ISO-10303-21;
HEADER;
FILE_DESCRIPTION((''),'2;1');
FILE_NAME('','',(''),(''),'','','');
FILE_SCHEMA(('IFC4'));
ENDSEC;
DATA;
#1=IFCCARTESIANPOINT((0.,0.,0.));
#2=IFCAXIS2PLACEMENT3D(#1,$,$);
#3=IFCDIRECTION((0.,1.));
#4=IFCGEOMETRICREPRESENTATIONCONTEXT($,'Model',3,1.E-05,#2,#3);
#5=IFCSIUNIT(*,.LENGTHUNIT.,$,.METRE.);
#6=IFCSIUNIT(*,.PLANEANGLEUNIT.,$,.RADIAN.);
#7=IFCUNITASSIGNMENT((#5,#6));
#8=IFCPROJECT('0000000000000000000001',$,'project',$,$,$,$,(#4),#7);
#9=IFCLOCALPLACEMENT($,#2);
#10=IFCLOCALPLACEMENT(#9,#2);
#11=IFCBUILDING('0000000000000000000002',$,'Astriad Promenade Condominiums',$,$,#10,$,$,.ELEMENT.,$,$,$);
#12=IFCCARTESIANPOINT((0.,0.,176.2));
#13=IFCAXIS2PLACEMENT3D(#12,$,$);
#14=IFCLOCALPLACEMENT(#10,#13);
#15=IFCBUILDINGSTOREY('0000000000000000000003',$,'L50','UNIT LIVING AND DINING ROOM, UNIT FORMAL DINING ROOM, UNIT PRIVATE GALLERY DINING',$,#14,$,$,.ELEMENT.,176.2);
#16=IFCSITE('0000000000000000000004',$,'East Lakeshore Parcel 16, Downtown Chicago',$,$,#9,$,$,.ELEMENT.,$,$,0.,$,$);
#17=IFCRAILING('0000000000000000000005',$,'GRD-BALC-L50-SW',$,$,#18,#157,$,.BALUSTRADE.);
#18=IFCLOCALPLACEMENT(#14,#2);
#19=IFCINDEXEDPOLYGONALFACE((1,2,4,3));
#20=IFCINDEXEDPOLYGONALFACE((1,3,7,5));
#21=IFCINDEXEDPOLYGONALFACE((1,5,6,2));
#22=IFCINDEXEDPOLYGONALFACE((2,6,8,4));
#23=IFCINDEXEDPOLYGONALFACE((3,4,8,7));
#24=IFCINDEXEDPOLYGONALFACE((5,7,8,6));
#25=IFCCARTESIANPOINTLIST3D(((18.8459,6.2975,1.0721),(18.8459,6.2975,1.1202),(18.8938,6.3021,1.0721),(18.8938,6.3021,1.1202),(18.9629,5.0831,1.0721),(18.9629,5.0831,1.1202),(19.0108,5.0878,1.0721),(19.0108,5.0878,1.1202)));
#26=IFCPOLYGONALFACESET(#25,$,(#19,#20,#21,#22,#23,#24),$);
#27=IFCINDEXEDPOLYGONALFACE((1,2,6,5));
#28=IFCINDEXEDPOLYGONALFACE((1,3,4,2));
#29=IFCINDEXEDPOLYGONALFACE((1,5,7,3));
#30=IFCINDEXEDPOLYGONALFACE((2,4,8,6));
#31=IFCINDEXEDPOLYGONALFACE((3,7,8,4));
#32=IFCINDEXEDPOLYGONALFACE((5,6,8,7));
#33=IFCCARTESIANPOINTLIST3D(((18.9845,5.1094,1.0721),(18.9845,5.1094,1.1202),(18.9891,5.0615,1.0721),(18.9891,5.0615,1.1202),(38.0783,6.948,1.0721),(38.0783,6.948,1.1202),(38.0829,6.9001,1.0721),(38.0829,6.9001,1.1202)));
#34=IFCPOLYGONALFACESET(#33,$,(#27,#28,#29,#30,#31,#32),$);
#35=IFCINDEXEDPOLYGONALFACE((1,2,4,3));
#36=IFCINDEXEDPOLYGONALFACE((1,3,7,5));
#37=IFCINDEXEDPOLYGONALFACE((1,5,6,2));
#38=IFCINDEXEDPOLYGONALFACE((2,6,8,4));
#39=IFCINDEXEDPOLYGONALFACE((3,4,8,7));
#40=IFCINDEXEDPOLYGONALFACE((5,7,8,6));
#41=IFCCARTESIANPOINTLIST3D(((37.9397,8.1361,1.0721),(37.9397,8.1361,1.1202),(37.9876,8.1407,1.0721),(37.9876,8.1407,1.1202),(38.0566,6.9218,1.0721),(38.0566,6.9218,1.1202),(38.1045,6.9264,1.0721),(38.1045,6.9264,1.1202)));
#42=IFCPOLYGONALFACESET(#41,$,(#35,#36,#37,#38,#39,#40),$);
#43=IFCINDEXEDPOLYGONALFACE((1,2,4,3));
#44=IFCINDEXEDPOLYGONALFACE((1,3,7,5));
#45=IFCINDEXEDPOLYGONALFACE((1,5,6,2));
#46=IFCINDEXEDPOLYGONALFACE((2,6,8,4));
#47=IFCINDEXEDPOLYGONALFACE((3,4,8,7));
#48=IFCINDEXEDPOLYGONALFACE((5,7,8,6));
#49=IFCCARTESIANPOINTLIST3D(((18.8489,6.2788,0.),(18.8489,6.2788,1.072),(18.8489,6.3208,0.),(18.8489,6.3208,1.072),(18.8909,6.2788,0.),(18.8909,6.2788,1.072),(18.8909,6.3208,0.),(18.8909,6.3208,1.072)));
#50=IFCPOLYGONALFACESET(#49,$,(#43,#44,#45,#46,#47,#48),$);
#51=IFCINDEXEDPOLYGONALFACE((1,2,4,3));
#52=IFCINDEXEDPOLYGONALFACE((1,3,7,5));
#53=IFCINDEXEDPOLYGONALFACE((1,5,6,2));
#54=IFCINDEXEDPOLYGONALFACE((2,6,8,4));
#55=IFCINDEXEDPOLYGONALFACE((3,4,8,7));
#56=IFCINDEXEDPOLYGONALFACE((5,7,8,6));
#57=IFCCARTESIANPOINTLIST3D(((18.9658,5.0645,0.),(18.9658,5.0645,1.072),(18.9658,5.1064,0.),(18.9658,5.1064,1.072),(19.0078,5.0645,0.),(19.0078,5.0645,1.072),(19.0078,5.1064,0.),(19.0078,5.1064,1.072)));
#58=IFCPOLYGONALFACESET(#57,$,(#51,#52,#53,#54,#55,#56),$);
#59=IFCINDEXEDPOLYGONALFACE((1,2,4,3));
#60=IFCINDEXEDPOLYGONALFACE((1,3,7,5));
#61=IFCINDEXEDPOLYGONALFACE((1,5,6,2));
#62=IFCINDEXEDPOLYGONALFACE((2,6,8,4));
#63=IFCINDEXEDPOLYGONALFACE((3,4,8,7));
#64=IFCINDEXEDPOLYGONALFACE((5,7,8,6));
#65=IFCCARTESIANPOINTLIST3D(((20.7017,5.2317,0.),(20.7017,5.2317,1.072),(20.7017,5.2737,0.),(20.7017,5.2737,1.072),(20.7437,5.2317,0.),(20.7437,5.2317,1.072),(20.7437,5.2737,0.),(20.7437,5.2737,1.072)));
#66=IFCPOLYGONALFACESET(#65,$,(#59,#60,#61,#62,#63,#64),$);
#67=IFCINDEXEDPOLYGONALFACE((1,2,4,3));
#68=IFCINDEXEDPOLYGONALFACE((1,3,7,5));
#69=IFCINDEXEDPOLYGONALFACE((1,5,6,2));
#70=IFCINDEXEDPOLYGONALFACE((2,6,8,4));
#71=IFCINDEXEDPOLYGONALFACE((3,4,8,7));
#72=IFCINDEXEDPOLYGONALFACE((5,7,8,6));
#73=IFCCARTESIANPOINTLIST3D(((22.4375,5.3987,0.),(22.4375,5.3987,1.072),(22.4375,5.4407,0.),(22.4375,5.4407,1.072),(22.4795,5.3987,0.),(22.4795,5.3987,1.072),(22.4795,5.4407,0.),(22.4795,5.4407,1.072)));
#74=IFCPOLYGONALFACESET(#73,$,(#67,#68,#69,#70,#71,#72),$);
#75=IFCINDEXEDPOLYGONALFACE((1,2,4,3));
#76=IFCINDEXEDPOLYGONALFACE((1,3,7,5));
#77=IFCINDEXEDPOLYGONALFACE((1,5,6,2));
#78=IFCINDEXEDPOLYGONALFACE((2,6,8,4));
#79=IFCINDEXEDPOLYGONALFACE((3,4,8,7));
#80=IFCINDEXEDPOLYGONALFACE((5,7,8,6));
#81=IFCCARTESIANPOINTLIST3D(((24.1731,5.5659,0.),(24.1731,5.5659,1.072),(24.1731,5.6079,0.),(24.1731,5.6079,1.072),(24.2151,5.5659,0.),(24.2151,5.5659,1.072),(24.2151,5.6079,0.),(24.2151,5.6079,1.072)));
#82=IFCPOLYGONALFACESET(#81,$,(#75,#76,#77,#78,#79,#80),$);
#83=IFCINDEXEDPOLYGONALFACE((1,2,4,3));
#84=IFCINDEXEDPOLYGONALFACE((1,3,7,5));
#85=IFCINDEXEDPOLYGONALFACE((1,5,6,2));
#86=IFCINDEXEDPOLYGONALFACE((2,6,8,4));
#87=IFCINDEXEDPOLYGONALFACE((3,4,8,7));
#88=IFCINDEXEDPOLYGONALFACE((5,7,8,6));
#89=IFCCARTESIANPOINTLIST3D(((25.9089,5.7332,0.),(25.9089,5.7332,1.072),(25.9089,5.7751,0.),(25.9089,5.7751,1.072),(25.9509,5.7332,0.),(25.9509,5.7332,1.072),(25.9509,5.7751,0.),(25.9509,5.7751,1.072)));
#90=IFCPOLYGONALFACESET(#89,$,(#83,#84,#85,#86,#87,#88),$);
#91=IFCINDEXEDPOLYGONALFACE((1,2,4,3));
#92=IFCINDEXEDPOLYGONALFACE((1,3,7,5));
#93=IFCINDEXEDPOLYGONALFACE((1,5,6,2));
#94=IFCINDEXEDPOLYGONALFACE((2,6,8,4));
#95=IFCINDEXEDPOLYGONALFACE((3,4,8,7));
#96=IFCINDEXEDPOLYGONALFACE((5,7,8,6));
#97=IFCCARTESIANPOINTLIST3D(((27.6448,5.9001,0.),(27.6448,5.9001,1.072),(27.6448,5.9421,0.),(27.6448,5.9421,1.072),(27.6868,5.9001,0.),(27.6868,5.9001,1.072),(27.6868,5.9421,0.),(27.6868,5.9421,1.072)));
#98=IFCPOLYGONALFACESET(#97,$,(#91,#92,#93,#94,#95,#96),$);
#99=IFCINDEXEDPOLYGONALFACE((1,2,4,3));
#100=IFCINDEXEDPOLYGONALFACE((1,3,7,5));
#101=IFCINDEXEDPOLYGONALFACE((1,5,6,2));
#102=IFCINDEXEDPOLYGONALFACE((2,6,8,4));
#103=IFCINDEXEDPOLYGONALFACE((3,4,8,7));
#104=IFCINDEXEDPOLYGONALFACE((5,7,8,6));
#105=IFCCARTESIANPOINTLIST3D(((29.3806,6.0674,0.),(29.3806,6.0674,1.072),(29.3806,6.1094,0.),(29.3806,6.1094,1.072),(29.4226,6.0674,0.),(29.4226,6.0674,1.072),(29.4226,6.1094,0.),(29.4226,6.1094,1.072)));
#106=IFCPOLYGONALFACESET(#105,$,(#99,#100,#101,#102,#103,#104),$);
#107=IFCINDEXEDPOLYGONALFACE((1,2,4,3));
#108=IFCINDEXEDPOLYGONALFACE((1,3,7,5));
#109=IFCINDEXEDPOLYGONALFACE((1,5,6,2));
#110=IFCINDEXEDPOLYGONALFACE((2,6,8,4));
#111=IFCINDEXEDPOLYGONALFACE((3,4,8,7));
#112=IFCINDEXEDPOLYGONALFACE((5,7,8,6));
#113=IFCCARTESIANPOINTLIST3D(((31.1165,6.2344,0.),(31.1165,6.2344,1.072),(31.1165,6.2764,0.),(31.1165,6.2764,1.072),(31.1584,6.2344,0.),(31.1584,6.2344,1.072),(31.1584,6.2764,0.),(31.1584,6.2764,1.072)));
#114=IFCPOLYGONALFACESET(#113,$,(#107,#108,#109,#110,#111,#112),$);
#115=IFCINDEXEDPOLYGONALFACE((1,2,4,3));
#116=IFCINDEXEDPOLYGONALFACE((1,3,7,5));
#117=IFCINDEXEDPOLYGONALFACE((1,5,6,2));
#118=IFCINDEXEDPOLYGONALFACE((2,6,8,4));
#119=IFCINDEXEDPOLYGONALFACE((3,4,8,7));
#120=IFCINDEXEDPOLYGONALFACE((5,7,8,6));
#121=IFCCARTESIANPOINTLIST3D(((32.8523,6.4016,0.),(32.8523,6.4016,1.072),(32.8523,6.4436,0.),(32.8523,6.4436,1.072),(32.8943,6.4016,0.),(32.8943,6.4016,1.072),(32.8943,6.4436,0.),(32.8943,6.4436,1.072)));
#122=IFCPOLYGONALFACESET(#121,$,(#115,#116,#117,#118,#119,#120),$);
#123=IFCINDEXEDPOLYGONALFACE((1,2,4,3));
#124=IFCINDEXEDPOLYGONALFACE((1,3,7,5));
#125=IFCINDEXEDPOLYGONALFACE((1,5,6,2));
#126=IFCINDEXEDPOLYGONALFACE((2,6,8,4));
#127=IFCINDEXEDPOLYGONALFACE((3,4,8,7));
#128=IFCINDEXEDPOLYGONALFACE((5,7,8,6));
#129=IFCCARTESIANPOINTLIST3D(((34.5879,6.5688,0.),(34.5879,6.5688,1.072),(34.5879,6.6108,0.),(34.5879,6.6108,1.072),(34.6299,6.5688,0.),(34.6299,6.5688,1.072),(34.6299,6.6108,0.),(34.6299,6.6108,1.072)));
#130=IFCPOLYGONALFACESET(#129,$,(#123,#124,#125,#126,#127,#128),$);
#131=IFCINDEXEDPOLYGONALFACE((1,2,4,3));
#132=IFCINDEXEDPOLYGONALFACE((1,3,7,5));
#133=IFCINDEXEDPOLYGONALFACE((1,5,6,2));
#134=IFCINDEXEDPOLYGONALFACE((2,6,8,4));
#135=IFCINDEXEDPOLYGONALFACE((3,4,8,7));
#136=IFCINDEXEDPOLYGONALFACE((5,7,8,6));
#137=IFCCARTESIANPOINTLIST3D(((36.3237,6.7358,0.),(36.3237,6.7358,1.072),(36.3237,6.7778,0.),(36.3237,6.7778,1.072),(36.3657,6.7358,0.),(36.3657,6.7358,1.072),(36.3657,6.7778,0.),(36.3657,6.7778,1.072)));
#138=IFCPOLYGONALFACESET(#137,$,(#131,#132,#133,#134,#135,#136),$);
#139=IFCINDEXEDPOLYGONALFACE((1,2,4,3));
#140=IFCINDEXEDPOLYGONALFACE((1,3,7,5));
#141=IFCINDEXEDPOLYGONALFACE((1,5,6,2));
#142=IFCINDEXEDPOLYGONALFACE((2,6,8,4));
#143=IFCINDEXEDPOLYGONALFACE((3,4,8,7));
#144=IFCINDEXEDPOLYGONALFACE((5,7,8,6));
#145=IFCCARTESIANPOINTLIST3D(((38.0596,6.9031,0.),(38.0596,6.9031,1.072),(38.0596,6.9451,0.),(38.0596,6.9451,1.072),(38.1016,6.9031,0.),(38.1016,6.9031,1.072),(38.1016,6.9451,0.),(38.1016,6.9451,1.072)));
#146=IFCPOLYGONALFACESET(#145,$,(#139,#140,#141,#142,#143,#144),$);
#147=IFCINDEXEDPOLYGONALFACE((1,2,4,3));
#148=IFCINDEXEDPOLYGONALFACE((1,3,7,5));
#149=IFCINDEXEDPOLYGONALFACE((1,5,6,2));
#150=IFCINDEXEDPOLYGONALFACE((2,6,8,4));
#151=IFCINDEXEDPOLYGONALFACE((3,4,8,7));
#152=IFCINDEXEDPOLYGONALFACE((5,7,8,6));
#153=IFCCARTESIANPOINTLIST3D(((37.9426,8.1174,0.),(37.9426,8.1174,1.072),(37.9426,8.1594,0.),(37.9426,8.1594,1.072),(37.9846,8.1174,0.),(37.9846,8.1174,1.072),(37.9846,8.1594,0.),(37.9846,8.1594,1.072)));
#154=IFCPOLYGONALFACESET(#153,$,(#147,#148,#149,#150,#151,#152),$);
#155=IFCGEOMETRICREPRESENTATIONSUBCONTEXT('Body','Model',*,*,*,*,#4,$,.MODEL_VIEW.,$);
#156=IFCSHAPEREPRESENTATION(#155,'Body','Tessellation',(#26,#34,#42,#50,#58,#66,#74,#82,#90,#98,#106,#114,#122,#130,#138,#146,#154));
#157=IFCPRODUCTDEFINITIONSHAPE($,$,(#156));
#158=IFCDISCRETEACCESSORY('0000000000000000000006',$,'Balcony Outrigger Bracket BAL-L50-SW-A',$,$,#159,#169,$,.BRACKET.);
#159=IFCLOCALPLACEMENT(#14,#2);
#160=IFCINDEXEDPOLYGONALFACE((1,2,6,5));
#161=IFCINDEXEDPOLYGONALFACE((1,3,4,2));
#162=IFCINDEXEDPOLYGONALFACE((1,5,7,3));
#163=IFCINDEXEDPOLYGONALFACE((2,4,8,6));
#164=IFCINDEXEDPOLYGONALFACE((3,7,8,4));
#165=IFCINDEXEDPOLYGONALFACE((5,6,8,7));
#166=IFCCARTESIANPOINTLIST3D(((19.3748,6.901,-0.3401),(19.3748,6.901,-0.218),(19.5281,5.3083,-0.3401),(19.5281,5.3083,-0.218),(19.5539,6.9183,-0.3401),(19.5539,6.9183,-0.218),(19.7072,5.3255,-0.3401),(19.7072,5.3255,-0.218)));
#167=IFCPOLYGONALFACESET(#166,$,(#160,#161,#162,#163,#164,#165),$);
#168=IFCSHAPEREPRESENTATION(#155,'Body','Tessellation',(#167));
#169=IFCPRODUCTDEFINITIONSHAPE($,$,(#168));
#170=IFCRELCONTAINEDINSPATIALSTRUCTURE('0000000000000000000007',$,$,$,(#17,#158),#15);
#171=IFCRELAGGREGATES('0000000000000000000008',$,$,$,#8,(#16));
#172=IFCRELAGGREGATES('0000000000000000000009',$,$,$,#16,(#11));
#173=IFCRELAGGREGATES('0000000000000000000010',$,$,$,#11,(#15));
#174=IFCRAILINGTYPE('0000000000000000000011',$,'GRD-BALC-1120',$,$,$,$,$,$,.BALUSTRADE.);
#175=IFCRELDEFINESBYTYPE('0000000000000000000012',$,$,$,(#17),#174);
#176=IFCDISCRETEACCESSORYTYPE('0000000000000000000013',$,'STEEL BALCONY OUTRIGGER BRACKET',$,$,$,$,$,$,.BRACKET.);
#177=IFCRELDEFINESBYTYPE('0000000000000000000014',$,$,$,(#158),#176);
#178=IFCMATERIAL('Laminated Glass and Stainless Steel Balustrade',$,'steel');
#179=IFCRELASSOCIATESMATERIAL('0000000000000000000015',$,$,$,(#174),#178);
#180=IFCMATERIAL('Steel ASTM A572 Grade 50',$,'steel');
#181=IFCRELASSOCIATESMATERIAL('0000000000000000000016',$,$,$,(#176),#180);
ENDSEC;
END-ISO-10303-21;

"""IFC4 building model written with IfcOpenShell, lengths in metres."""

from ifc_helpers import new_model, si_unit, direction, frame, origin, origin_2d, place, context, subcontext, project, spatial, rectangle, extrude, source, transform, mapped, material, type_object, type_shapes, element, save


model = new_model("IFC4")

# Units and contexts
model_context = context("Model", 3, precision=1e-05, world=origin(), true_north=direction((0.0, 1.0)))
body_context = subcontext(model_context, "Body", "Model", "MODEL_VIEW")
ifc_project = project(units=[si_unit("LENGTHUNIT", "METRE"), si_unit("PLANEANGLEUNIT", "RADIAN")], contexts=[model_context])

# Site, building, storey
site_placement = place(None, origin())
site = spatial("IfcSite", under=ifc_project, at=site_placement, Name="East Lakeshore Parcel 16, Downtown Chicago", CompositionType="ELEMENT", RefElevation=0.0)
building_placement = place(site_placement, origin())
building = spatial("IfcBuilding", under=site, at=building_placement, Name="Astriad Promenade Condominiums", CompositionType="ELEMENT")
storey_placement = place(building_placement, frame((0.0, 0.0, 176.2)))
storey = spatial("IfcBuildingStorey", under=building, at=storey_placement, Name="L50", Description="UNIT LIVING AND DINING ROOM, UNIT FORMAL DINING ROOM, UNIT PRIVATE GALLERY DINING", CompositionType="ELEMENT", Elevation=176.2)

# Railing
ifc_material_1 = material(Name="Laminated Glass and Stainless Steel Balustrade", Category="steel")
railing_type = type_object("IfcRailingType", Name="GRD-BALC-1120", PredefinedType="BALUSTRADE", material=ifc_material_1)
shared_shape_1 = source(origin(), body_context, "Body", "SweptSolid", [
    extrude(rectangle(XDim=0.0481, YDim=0.0481, at=origin_2d()), frame((0.0, 0.0, 1.0962), z_axis=(0.095857, -0.995395, 0.0), x_axis=(0.995395, 0.095857, 0.0)), (0.0, 0.0, 1.0), 1.22),
    extrude(rectangle(XDim=0.0481, YDim=0.0481, at=origin_2d()), frame((0.1169, -1.2144, 1.0962), z_axis=(0.995396, 0.095851, 0.0), x_axis=(-0.095851, 0.995396, 0.0)), (0.0, 0.0, 1.0), 19.1821),
    extrude(rectangle(XDim=0.0481, YDim=0.0481, at=origin_2d()), frame((19.2107, 0.6243, 1.0962), z_axis=(-0.095857, 0.995395, 0.0), x_axis=(-0.995395, -0.095857, 0.0)), (0.0, 0.0, 1.0), 1.22),
    extrude(rectangle(XDim=0.042, YDim=0.042, at=origin_2d()), origin(), (0.0, 0.0, 1.0), 1.072),
    extrude(rectangle(XDim=0.042, YDim=0.042, at=origin_2d()), frame((0.1169, -1.2144, 0.0)), (0.0, 0.0, 1.0), 1.072),
    extrude(rectangle(XDim=0.042, YDim=0.042, at=origin_2d()), frame((1.8528, -1.0471, 0.0)), (0.0, 0.0, 1.0), 1.072),
    extrude(rectangle(XDim=0.042, YDim=0.042, at=origin_2d()), frame((3.5886, -0.8801, 0.0)), (0.0, 0.0, 1.0), 1.072),
    extrude(rectangle(XDim=0.042, YDim=0.042, at=origin_2d()), frame((5.3242, -0.7129, 0.0)), (0.0, 0.0, 1.0), 1.072),
    extrude(rectangle(XDim=0.042, YDim=0.042, at=origin_2d()), frame((7.0601, -0.5457, 0.0)), (0.0, 0.0, 1.0), 1.072),
    extrude(rectangle(XDim=0.042, YDim=0.042, at=origin_2d()), frame((8.7959, -0.3787, 0.0)), (0.0, 0.0, 1.0), 1.072),
    extrude(rectangle(XDim=0.042, YDim=0.042, at=origin_2d()), frame((10.5317, -0.2114, 0.0)), (0.0, 0.0, 1.0), 1.072),
    extrude(rectangle(XDim=0.042, YDim=0.042, at=origin_2d()), frame((12.2676, -0.0444, 0.0)), (0.0, 0.0, 1.0), 1.072),
    extrude(rectangle(XDim=0.042, YDim=0.042, at=origin_2d()), frame((14.0034, 0.1228, 0.0)), (0.0, 0.0, 1.0), 1.072),
    extrude(rectangle(XDim=0.042, YDim=0.042, at=origin_2d()), frame((15.739, 0.29, 0.0)), (0.0, 0.0, 1.0), 1.072),
    extrude(rectangle(XDim=0.042, YDim=0.042, at=origin_2d()), frame((17.4749, 0.457, 0.0)), (0.0, 0.0, 1.0), 1.072),
    extrude(rectangle(XDim=0.042, YDim=0.042, at=origin_2d()), frame((19.2107, 0.6243, 0.0)), (0.0, 0.0, 1.0), 1.072),
    extrude(rectangle(XDim=0.042, YDim=0.042, at=origin_2d()), frame((19.0938, 1.8386, 0.0)), (0.0, 0.0, 1.0), 1.072),
])
type_shapes(railing_type, [shared_shape_1])
railing_placement = place(storey_placement, frame((18.8699, 6.2998, 0.0)))
element("IfcRailing", 1, at=railing_placement, inside=storey, type_object=railing_type, Name="GRD-BALC-L50-SW", PredefinedType="BALUSTRADE", context=body_context, shape_type="MappedRepresentation", body=[
    mapped(shared_shape_1, transform((0.0, 0.0, 0.0), scale=1.0)),
])

# Discrete accessory
ifc_material_2 = material(Name="Steel ASTM A572 Grade 50", Category="steel")
discrete_accessory_type = type_object("IfcDiscreteAccessoryType", Name="STEEL BALCONY OUTRIGGER BRACKET", PredefinedType="BRACKET", material=ifc_material_2)
shared_shape_2 = source(origin(), body_context, "Body", "SweptSolid", [
    extrude(rectangle(XDim=1.6001, YDim=0.1799, at=origin_2d()), origin(), (0.0, 0.0, 1.0), 0.1221),
])
type_shapes(discrete_accessory_type, [shared_shape_2])
discrete_accessory_placement = place(storey_placement, frame((19.541, 6.1133, -0.3401), z_axis=(0.0, 0.0, 1.0), x_axis=(0.095846, -0.995396, 0.0)))
element("IfcDiscreteAccessory", 2, at=discrete_accessory_placement, inside=storey, type_object=discrete_accessory_type, Name="Balcony Outrigger Bracket BAL-L50-SW-A", PredefinedType="BRACKET", context=body_context, shape_type="MappedRepresentation", body=[
    mapped(shared_shape_2, transform((0.0, 0.0, 0.0), scale=1.0)),
])

save(model, "model.ifc")
